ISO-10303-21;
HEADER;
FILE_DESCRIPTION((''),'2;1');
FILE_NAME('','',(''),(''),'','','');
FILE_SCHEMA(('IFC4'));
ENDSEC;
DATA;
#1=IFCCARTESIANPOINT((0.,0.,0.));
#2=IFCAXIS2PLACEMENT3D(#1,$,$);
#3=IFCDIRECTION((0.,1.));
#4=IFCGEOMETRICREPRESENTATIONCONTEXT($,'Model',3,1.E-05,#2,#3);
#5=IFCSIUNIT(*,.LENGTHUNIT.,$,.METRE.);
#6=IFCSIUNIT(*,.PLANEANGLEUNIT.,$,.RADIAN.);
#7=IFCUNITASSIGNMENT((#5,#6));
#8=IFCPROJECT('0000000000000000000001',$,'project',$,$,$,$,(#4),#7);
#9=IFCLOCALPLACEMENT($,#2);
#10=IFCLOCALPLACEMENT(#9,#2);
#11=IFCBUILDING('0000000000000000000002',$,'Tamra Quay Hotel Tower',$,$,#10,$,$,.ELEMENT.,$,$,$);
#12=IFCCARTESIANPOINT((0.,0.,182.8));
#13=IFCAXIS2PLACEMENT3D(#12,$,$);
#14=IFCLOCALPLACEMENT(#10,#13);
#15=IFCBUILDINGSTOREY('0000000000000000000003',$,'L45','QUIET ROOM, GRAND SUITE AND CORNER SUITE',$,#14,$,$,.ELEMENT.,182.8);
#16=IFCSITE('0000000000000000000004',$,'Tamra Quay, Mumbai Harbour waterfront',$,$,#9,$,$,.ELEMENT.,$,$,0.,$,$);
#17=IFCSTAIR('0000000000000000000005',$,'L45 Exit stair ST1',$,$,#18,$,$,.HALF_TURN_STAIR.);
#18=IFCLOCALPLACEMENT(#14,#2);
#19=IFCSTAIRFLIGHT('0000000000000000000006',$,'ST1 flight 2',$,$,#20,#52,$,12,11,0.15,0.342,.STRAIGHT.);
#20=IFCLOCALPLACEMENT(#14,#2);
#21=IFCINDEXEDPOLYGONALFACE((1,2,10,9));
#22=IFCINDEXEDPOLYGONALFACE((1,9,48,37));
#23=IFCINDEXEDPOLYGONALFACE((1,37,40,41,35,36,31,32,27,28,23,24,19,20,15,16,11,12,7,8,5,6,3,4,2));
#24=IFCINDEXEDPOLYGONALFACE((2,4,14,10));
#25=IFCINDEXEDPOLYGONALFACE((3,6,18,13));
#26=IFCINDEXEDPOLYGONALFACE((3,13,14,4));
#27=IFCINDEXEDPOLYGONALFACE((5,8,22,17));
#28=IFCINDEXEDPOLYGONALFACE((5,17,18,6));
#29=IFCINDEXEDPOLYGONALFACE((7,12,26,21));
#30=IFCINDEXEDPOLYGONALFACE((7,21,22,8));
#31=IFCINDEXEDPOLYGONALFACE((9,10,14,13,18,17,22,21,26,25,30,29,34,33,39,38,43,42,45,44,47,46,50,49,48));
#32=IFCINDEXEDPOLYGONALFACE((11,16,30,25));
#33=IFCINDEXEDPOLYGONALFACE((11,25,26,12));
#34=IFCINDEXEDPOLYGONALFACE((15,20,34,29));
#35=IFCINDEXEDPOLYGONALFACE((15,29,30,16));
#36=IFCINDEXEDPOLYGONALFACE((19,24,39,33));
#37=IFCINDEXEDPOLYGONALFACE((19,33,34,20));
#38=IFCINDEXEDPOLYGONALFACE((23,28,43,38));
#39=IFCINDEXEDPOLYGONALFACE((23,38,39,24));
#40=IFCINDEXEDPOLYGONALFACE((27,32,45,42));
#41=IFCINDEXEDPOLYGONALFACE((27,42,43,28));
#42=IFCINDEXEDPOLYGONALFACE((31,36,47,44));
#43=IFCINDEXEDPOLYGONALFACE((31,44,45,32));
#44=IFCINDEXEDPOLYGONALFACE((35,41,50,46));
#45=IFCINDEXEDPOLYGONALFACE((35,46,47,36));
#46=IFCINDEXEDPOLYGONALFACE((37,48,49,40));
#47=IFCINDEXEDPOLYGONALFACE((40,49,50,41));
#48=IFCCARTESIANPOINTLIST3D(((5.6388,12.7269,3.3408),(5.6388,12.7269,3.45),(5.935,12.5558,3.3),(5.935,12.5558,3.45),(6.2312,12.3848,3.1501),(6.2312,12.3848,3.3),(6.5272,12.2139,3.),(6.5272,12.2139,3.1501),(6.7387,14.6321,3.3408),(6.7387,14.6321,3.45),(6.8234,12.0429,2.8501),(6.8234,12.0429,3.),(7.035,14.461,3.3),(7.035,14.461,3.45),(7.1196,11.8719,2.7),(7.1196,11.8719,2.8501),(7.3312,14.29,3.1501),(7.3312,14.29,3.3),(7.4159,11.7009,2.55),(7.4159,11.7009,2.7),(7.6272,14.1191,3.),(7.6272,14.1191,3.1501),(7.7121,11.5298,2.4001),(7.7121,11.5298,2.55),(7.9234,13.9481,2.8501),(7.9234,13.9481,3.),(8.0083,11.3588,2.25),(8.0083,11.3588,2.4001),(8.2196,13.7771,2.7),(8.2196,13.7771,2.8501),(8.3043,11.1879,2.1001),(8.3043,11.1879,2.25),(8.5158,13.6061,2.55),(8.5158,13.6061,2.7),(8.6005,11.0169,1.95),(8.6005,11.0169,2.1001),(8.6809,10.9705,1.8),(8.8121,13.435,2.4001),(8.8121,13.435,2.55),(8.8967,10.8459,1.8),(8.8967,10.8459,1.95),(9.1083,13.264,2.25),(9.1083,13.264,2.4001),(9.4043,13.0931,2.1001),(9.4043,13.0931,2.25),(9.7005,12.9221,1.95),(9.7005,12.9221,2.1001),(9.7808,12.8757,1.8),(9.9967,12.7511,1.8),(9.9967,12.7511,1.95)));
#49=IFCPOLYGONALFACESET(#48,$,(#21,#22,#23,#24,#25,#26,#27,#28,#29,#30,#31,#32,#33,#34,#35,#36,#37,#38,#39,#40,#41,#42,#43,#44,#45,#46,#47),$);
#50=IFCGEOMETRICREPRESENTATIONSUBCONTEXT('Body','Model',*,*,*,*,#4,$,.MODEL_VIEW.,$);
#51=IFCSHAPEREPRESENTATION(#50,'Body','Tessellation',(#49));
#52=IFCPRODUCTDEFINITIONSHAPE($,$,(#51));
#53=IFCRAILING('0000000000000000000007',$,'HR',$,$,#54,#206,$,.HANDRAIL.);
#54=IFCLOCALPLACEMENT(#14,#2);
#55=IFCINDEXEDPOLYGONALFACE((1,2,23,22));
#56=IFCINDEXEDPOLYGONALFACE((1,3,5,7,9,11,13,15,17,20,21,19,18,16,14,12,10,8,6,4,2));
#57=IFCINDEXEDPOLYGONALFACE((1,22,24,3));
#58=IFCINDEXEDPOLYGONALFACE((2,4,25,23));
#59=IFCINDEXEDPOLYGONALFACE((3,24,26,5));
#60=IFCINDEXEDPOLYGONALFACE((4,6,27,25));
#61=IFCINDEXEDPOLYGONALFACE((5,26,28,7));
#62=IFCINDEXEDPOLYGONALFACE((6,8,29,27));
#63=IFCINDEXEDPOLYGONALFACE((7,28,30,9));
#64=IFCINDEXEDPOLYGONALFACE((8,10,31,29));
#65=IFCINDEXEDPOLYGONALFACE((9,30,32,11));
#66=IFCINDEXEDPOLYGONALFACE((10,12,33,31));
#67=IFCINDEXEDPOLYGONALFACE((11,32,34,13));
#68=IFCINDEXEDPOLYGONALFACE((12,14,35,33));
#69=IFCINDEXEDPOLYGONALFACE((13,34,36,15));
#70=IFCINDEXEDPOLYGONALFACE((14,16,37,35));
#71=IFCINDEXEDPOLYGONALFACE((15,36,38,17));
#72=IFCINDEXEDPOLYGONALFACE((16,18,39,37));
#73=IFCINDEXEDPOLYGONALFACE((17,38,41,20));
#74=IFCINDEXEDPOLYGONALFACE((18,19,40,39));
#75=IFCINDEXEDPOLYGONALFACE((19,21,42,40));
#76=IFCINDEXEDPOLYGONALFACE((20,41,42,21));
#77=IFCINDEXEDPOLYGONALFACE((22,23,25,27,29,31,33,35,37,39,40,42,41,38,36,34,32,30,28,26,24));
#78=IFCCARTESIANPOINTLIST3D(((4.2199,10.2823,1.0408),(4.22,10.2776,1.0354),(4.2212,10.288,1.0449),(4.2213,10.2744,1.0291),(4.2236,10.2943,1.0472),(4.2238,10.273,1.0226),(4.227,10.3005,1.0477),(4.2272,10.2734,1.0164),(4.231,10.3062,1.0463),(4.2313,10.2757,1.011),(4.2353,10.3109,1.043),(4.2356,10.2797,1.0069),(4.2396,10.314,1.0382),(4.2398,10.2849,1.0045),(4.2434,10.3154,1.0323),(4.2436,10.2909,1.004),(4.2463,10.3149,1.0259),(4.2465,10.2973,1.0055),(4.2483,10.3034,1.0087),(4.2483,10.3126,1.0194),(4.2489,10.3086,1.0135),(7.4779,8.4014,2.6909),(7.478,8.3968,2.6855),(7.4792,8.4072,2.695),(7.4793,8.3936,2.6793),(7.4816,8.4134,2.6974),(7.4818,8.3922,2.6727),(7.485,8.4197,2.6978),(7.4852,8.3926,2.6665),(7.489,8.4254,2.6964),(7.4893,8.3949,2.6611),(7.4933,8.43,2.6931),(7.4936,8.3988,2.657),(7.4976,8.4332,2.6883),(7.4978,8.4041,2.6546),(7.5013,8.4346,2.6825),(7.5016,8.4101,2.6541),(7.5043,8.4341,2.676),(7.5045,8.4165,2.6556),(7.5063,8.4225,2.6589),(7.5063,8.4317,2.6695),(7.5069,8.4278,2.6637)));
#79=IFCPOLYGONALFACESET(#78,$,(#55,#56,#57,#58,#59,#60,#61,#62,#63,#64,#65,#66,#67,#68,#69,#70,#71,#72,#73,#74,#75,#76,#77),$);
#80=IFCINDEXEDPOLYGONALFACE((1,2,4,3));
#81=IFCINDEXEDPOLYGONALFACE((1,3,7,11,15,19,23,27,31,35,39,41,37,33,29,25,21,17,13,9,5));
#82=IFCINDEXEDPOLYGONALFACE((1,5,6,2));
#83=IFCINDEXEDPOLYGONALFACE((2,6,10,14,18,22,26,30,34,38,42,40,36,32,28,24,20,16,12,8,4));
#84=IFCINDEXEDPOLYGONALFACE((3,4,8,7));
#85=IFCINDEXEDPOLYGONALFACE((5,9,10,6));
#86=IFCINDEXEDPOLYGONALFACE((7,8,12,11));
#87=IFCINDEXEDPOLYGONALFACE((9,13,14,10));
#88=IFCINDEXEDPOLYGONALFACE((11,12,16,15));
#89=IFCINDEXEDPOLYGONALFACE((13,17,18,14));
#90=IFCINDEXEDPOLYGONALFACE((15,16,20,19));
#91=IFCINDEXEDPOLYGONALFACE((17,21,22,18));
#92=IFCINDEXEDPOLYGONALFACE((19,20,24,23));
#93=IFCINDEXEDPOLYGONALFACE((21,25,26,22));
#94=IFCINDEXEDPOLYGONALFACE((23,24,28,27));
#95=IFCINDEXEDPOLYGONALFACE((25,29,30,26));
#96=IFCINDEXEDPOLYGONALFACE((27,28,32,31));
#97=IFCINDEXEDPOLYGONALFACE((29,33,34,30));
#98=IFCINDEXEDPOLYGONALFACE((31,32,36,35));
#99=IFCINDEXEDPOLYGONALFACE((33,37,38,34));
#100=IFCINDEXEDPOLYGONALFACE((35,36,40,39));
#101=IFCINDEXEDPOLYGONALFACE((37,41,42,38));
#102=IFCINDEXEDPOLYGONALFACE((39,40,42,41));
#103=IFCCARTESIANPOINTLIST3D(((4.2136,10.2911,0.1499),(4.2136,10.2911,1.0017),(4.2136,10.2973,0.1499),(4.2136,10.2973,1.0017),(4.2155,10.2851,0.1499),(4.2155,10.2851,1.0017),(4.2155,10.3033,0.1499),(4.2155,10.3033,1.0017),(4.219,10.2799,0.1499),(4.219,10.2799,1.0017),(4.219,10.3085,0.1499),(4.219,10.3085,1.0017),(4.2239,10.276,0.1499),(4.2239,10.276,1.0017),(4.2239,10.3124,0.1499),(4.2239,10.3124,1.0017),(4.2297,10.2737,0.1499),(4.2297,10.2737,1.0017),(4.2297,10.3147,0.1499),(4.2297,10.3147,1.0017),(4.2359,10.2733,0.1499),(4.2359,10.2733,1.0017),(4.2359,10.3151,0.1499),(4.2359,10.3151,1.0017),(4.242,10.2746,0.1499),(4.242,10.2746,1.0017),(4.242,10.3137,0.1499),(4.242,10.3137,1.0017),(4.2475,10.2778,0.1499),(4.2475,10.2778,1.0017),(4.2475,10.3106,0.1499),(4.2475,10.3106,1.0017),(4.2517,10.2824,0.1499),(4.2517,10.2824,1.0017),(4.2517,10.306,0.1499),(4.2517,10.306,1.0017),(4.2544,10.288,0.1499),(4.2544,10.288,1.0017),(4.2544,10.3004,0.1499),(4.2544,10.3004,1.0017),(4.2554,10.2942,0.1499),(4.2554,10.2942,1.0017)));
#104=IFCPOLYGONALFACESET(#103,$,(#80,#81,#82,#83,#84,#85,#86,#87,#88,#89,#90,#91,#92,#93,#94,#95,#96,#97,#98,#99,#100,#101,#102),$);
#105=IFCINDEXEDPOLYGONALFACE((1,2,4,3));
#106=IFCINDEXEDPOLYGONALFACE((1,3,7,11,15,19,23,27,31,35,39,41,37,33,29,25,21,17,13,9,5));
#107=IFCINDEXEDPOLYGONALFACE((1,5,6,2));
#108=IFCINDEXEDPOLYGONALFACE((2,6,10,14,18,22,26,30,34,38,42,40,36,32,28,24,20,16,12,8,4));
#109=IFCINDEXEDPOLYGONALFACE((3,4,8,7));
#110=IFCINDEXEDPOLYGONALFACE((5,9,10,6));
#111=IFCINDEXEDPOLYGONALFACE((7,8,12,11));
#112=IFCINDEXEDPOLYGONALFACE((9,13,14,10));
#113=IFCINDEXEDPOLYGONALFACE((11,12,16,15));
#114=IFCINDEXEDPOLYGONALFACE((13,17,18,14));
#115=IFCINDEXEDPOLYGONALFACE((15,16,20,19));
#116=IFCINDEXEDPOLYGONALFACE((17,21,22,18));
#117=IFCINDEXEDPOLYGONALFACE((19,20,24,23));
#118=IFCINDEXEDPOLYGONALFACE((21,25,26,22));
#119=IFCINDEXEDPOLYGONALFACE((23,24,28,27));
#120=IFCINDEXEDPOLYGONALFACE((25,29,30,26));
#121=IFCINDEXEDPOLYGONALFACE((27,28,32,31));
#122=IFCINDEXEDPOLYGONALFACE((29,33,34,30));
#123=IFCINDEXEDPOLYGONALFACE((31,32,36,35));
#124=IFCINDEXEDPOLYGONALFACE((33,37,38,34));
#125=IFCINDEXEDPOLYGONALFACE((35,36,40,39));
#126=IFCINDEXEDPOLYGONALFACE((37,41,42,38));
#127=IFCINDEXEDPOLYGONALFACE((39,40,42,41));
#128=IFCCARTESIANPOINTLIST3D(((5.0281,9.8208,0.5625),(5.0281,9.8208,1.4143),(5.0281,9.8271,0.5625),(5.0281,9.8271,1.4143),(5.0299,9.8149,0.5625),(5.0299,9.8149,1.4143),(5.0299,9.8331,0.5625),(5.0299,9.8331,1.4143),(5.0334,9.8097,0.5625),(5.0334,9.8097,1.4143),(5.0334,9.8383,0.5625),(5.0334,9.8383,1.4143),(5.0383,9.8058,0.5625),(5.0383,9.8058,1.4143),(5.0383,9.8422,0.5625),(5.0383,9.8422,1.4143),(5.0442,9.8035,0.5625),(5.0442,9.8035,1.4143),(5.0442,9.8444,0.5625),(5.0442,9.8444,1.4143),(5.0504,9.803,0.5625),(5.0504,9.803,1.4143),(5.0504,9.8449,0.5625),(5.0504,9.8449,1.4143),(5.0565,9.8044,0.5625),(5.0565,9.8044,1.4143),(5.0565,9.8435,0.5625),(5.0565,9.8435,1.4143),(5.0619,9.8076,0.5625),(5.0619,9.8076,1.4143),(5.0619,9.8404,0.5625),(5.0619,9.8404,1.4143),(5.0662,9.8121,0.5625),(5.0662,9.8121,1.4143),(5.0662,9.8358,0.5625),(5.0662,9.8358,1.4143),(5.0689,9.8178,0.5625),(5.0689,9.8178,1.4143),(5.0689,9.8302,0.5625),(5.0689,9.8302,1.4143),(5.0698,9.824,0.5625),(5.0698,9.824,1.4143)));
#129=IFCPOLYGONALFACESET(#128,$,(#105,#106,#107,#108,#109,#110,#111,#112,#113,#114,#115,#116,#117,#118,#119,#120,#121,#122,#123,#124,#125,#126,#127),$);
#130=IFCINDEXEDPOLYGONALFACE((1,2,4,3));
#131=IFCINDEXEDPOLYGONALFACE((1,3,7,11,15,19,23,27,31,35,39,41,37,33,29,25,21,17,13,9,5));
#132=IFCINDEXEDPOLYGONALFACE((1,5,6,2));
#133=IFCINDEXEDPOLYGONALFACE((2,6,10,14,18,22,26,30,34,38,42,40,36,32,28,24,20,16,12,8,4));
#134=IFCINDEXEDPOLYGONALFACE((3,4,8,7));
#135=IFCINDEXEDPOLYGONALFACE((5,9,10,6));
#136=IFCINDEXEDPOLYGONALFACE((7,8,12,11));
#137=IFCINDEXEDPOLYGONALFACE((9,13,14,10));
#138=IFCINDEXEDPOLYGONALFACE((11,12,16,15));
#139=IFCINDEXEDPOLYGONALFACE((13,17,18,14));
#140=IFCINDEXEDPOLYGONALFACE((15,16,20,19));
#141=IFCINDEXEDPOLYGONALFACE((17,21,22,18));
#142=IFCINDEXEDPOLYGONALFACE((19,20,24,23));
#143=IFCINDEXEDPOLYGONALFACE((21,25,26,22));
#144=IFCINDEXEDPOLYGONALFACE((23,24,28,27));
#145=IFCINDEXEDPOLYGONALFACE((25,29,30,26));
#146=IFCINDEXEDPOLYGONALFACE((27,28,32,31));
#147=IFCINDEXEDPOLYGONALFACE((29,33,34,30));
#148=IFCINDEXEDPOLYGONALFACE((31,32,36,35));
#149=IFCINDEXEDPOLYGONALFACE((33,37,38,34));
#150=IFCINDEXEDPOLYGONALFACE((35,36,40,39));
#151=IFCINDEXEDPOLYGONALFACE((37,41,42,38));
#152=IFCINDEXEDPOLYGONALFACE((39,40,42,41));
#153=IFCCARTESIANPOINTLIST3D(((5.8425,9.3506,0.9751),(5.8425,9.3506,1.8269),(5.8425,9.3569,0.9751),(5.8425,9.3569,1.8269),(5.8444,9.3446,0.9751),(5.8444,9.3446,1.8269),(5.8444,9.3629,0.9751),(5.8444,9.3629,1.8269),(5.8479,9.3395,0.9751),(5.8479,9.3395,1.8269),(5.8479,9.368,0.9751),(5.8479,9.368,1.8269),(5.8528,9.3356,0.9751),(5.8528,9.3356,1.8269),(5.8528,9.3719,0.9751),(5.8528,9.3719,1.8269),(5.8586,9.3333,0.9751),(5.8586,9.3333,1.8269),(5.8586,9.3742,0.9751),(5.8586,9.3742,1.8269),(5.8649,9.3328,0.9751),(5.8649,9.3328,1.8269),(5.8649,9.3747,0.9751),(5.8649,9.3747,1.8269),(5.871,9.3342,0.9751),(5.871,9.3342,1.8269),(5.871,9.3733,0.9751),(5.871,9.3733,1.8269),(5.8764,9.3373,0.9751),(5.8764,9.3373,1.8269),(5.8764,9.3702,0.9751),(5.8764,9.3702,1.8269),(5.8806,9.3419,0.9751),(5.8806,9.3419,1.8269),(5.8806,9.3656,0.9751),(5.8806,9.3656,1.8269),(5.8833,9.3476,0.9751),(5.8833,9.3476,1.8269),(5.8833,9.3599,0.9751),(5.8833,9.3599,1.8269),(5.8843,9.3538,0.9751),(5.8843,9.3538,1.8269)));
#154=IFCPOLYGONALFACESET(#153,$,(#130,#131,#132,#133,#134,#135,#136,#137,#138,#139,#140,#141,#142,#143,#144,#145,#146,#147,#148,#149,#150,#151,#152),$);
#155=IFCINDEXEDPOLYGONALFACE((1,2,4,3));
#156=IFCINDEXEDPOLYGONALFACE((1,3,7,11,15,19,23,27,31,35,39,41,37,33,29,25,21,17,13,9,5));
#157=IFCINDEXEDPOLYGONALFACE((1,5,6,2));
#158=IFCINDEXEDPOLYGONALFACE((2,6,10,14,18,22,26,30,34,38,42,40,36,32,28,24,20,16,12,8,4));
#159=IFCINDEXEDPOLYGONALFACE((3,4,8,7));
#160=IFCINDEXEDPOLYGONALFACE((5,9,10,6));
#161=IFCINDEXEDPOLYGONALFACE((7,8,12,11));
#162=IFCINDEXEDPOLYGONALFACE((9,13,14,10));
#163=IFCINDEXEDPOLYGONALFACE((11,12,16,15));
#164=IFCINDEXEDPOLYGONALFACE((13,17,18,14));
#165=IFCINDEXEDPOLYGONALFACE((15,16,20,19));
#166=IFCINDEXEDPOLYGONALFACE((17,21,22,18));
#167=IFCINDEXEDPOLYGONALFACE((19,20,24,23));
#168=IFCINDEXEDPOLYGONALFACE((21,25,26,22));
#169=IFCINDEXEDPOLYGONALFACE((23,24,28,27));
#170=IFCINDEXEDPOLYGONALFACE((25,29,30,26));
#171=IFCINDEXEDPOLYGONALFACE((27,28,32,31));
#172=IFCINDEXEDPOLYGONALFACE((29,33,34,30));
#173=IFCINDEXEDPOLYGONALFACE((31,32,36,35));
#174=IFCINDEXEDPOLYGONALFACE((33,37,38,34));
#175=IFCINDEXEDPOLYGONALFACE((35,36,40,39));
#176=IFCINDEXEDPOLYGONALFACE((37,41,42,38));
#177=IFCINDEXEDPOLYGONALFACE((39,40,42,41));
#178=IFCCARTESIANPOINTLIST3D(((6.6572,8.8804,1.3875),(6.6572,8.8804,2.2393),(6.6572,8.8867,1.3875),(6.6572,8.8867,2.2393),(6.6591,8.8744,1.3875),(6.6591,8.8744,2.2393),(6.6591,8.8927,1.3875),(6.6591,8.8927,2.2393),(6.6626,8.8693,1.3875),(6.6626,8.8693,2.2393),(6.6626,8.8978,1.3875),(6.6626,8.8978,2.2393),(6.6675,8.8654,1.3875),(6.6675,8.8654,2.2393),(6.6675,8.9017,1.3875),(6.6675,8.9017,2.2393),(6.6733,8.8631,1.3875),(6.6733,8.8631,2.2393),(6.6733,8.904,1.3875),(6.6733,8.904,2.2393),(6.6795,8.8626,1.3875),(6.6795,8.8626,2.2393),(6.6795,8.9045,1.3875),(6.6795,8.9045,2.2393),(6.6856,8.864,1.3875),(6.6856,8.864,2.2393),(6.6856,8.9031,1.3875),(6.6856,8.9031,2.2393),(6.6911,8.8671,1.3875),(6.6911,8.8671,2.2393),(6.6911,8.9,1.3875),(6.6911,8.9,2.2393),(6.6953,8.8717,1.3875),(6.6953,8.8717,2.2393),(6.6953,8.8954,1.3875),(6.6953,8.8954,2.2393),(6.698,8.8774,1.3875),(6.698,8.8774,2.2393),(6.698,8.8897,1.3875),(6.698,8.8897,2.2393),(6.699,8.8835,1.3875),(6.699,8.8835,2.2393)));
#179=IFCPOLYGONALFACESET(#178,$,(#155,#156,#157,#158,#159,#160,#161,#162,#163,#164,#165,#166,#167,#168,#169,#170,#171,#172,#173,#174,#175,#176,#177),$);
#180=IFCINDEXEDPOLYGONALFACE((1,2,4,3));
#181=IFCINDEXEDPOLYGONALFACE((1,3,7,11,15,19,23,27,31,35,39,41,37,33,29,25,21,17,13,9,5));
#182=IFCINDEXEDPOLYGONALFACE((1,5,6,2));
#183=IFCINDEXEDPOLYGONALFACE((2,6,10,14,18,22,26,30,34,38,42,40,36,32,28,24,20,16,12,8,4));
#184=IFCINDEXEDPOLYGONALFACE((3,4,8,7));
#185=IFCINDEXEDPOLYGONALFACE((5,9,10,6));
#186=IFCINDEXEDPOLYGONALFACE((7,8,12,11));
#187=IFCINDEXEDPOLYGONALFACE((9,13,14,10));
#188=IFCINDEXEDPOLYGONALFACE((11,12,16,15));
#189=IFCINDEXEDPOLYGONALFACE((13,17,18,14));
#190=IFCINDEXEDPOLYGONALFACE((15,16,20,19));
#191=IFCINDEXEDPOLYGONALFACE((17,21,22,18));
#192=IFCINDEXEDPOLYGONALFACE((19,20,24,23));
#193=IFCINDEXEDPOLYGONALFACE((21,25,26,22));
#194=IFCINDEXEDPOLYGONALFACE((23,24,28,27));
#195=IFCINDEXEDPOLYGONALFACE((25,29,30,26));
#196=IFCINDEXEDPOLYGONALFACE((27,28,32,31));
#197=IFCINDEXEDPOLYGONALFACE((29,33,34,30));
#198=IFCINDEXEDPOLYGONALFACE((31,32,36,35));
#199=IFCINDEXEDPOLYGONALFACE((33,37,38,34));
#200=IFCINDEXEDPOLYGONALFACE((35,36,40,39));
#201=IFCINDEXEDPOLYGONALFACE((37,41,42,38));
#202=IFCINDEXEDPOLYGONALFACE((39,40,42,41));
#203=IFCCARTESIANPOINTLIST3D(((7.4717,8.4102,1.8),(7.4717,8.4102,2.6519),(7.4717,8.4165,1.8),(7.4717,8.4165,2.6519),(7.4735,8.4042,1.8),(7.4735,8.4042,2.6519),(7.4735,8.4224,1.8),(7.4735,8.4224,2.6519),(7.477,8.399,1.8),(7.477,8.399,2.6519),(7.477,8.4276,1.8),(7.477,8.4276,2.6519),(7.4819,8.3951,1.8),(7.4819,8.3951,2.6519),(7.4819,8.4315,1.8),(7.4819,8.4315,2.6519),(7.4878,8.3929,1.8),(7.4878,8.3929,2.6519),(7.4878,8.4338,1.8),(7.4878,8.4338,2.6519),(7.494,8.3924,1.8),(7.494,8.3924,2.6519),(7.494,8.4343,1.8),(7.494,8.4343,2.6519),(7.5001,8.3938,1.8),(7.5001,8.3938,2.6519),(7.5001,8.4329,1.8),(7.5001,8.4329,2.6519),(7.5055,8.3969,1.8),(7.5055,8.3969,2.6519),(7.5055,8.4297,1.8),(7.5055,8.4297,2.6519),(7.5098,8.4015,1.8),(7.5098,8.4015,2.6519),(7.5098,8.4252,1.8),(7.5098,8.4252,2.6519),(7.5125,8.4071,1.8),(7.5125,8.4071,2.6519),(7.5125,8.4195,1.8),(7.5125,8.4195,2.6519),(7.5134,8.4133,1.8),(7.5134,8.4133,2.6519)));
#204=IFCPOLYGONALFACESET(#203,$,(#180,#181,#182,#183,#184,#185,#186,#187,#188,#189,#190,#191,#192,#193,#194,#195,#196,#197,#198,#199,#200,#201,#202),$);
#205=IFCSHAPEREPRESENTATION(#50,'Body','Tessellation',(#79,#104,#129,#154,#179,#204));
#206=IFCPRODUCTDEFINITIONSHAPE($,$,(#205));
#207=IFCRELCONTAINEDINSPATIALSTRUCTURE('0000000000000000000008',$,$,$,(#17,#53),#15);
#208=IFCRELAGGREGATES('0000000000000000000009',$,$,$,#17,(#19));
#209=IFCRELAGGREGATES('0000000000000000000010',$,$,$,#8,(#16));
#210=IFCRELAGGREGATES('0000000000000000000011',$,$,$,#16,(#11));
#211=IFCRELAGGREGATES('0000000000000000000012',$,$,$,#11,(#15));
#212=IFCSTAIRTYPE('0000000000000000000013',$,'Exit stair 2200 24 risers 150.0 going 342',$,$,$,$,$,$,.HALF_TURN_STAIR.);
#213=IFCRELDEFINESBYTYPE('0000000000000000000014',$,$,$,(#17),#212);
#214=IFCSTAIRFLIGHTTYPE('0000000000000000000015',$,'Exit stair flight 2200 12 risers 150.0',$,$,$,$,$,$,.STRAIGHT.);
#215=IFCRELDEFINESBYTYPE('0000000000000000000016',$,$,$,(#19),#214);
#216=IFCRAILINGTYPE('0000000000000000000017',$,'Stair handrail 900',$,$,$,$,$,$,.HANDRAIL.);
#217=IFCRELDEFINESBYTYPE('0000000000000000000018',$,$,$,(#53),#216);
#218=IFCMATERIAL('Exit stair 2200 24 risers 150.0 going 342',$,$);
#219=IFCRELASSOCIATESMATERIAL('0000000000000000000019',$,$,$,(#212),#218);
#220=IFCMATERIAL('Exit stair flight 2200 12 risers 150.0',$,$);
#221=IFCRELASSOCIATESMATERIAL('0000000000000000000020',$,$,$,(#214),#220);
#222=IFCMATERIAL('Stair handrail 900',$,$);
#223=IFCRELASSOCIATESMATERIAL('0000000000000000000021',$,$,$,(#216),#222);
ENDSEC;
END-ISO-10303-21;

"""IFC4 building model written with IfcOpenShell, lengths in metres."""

from ifc_helpers import new_model, si_unit, direction, frame, origin, origin_2d, place, context, subcontext, project, spatial, polyline, circle, outline, extrude, material, type_object, element, aggregate, save


model = new_model("IFC4")

# Units and contexts
model_context = context("Model", 3, precision=1e-05, world=origin(), true_north=direction((0.0, 1.0)))
body_context = subcontext(model_context, "Body", "Model", "MODEL_VIEW")
ifc_project = project(units=[si_unit("LENGTHUNIT", "METRE"), si_unit("PLANEANGLEUNIT", "RADIAN")], contexts=[model_context])

# Site, building, storey
site_placement = place(None, origin())
site = spatial("IfcSite", under=ifc_project, at=site_placement, Name="Tamra Quay, Mumbai Harbour waterfront", CompositionType="ELEMENT", RefElevation=0.0)
building_placement = place(site_placement, origin())
building = spatial("IfcBuilding", under=site, at=building_placement, Name="Tamra Quay Hotel Tower", CompositionType="ELEMENT")
storey_placement = place(building_placement, frame((0.0, 0.0, 182.8)))
storey = spatial("IfcBuildingStorey", under=building, at=storey_placement, Name="L45", Description="QUIET ROOM, GRAND SUITE AND CORNER SUITE", CompositionType="ELEMENT", Elevation=182.8)

# Stair, stair flight
ifc_material_1 = material(Name="Exit stair 2200 24 risers 150.0 going 342")
stair_type = type_object("IfcStairType", Name="Exit stair 2200 24 risers 150.0 going 342", PredefinedType="HALF_TURN_STAIR", material=ifc_material_1)
stair_placement = place(storey_placement, origin())
stair = element("IfcStair", 1, at=stair_placement, inside=storey, type_object=stair_type, Name="L45 Exit stair ST1", PredefinedType="HALF_TURN_STAIR")
ifc_material_2 = material(Name="Exit stair flight 2200 12 risers 150.0")
stair_flight_type = type_object("IfcStairFlightType", Name="Exit stair flight 2200 12 risers 150.0", PredefinedType="STRAIGHT", material=ifc_material_2)
stair_flight_1_placement = place(storey_placement, frame((9.4468, 11.7986, 1.8), z_axis=(0.0, 0.0, 1.0), x_axis=(-0.866025, 0.5, 0.0)))
stair_flight_1 = element("IfcStairFlight", 2, at=stair_flight_1_placement, type_object=stair_flight_type, Name="ST1 flight 2", NumberOfRisers=12, NumberOfTreads=11, PredefinedType="STRAIGHT", RiserHeight=0.15, TreadLength=0.342, context=body_context, shape_type="SweptSolid", body=[
    extrude(outline(polyline([(0.0, 0.0), (0.0, 0.1499), (0.342, 0.1499), (0.342, 0.3), (0.6841, 0.3), (0.6841, 0.45), (1.0259, 0.45), (1.0259, 0.6001), (1.3679, 0.6001), (1.3679, 0.75), (1.71, 0.75), (1.71, 0.8999), (2.052, 0.8999), (2.052, 1.05), (2.394, 1.05), (2.394, 1.2), (2.7361, 1.2), (2.7361, 1.3501), (3.0779, 1.3501), (3.0779, 1.5), (3.4199, 1.5), (3.4199, 1.6499), (3.762, 1.6499), (3.762, 1.8), (3.762, 1.5408), (0.2493, 0.0), (0.0, 0.0)])), frame((0.0, 1.1001, 0.0), z_axis=(0.0, -1.0, 0.0), x_axis=(1.0, 0.0, 0.0)), (0.0, 0.0, 1.0), 2.2),
])
aggregate(stair, [stair_flight_1])

# Railing
ifc_material_3 = material(Name="Stair handrail 900")
railing_type_1 = type_object("IfcRailingType", Name="Stair handrail 900", PredefinedType="HANDRAIL", material=ifc_material_3)
railing_1_placement = place(storey_placement, frame((4.2344, 10.2942, 0.1499)))
element("IfcRailing", 3, at=railing_1_placement, inside=storey, type_object=railing_type_1, Name="HR", PredefinedType="HANDRAIL", context=body_context, shape_type="SweptSolid", body=[
    extrude(circle(Radius=0.0239, at=origin_2d()), frame((0.0, 0.0, 0.876), z_axis=(0.793103, -0.457854, 0.401692), x_axis=(0.499964, 0.866046, 0.0)), (0.0, 0.0, 1.0), 4.1079),
    extrude(circle(Radius=0.021, at=origin_2d()), origin(), (0.0, 0.0, 1.0), 0.8518),
    extrude(circle(Radius=0.021, at=origin_2d()), frame((0.8145, -0.4702, 0.4126)), (0.0, 0.0, 1.0), 0.8518),
    extrude(circle(Radius=0.021, at=origin_2d()), frame((1.6289, -0.9404, 0.8252)), (0.0, 0.0, 1.0), 0.8518),
    extrude(circle(Radius=0.021, at=origin_2d()), frame((2.4436, -1.4106, 1.2375)), (0.0, 0.0, 1.0), 0.8518),
    extrude(circle(Radius=0.021, at=origin_2d()), frame((3.2581, -1.8809, 1.6501)), (0.0, 0.0, 1.0), 0.8518),
])

save(model, "model.ifc")
